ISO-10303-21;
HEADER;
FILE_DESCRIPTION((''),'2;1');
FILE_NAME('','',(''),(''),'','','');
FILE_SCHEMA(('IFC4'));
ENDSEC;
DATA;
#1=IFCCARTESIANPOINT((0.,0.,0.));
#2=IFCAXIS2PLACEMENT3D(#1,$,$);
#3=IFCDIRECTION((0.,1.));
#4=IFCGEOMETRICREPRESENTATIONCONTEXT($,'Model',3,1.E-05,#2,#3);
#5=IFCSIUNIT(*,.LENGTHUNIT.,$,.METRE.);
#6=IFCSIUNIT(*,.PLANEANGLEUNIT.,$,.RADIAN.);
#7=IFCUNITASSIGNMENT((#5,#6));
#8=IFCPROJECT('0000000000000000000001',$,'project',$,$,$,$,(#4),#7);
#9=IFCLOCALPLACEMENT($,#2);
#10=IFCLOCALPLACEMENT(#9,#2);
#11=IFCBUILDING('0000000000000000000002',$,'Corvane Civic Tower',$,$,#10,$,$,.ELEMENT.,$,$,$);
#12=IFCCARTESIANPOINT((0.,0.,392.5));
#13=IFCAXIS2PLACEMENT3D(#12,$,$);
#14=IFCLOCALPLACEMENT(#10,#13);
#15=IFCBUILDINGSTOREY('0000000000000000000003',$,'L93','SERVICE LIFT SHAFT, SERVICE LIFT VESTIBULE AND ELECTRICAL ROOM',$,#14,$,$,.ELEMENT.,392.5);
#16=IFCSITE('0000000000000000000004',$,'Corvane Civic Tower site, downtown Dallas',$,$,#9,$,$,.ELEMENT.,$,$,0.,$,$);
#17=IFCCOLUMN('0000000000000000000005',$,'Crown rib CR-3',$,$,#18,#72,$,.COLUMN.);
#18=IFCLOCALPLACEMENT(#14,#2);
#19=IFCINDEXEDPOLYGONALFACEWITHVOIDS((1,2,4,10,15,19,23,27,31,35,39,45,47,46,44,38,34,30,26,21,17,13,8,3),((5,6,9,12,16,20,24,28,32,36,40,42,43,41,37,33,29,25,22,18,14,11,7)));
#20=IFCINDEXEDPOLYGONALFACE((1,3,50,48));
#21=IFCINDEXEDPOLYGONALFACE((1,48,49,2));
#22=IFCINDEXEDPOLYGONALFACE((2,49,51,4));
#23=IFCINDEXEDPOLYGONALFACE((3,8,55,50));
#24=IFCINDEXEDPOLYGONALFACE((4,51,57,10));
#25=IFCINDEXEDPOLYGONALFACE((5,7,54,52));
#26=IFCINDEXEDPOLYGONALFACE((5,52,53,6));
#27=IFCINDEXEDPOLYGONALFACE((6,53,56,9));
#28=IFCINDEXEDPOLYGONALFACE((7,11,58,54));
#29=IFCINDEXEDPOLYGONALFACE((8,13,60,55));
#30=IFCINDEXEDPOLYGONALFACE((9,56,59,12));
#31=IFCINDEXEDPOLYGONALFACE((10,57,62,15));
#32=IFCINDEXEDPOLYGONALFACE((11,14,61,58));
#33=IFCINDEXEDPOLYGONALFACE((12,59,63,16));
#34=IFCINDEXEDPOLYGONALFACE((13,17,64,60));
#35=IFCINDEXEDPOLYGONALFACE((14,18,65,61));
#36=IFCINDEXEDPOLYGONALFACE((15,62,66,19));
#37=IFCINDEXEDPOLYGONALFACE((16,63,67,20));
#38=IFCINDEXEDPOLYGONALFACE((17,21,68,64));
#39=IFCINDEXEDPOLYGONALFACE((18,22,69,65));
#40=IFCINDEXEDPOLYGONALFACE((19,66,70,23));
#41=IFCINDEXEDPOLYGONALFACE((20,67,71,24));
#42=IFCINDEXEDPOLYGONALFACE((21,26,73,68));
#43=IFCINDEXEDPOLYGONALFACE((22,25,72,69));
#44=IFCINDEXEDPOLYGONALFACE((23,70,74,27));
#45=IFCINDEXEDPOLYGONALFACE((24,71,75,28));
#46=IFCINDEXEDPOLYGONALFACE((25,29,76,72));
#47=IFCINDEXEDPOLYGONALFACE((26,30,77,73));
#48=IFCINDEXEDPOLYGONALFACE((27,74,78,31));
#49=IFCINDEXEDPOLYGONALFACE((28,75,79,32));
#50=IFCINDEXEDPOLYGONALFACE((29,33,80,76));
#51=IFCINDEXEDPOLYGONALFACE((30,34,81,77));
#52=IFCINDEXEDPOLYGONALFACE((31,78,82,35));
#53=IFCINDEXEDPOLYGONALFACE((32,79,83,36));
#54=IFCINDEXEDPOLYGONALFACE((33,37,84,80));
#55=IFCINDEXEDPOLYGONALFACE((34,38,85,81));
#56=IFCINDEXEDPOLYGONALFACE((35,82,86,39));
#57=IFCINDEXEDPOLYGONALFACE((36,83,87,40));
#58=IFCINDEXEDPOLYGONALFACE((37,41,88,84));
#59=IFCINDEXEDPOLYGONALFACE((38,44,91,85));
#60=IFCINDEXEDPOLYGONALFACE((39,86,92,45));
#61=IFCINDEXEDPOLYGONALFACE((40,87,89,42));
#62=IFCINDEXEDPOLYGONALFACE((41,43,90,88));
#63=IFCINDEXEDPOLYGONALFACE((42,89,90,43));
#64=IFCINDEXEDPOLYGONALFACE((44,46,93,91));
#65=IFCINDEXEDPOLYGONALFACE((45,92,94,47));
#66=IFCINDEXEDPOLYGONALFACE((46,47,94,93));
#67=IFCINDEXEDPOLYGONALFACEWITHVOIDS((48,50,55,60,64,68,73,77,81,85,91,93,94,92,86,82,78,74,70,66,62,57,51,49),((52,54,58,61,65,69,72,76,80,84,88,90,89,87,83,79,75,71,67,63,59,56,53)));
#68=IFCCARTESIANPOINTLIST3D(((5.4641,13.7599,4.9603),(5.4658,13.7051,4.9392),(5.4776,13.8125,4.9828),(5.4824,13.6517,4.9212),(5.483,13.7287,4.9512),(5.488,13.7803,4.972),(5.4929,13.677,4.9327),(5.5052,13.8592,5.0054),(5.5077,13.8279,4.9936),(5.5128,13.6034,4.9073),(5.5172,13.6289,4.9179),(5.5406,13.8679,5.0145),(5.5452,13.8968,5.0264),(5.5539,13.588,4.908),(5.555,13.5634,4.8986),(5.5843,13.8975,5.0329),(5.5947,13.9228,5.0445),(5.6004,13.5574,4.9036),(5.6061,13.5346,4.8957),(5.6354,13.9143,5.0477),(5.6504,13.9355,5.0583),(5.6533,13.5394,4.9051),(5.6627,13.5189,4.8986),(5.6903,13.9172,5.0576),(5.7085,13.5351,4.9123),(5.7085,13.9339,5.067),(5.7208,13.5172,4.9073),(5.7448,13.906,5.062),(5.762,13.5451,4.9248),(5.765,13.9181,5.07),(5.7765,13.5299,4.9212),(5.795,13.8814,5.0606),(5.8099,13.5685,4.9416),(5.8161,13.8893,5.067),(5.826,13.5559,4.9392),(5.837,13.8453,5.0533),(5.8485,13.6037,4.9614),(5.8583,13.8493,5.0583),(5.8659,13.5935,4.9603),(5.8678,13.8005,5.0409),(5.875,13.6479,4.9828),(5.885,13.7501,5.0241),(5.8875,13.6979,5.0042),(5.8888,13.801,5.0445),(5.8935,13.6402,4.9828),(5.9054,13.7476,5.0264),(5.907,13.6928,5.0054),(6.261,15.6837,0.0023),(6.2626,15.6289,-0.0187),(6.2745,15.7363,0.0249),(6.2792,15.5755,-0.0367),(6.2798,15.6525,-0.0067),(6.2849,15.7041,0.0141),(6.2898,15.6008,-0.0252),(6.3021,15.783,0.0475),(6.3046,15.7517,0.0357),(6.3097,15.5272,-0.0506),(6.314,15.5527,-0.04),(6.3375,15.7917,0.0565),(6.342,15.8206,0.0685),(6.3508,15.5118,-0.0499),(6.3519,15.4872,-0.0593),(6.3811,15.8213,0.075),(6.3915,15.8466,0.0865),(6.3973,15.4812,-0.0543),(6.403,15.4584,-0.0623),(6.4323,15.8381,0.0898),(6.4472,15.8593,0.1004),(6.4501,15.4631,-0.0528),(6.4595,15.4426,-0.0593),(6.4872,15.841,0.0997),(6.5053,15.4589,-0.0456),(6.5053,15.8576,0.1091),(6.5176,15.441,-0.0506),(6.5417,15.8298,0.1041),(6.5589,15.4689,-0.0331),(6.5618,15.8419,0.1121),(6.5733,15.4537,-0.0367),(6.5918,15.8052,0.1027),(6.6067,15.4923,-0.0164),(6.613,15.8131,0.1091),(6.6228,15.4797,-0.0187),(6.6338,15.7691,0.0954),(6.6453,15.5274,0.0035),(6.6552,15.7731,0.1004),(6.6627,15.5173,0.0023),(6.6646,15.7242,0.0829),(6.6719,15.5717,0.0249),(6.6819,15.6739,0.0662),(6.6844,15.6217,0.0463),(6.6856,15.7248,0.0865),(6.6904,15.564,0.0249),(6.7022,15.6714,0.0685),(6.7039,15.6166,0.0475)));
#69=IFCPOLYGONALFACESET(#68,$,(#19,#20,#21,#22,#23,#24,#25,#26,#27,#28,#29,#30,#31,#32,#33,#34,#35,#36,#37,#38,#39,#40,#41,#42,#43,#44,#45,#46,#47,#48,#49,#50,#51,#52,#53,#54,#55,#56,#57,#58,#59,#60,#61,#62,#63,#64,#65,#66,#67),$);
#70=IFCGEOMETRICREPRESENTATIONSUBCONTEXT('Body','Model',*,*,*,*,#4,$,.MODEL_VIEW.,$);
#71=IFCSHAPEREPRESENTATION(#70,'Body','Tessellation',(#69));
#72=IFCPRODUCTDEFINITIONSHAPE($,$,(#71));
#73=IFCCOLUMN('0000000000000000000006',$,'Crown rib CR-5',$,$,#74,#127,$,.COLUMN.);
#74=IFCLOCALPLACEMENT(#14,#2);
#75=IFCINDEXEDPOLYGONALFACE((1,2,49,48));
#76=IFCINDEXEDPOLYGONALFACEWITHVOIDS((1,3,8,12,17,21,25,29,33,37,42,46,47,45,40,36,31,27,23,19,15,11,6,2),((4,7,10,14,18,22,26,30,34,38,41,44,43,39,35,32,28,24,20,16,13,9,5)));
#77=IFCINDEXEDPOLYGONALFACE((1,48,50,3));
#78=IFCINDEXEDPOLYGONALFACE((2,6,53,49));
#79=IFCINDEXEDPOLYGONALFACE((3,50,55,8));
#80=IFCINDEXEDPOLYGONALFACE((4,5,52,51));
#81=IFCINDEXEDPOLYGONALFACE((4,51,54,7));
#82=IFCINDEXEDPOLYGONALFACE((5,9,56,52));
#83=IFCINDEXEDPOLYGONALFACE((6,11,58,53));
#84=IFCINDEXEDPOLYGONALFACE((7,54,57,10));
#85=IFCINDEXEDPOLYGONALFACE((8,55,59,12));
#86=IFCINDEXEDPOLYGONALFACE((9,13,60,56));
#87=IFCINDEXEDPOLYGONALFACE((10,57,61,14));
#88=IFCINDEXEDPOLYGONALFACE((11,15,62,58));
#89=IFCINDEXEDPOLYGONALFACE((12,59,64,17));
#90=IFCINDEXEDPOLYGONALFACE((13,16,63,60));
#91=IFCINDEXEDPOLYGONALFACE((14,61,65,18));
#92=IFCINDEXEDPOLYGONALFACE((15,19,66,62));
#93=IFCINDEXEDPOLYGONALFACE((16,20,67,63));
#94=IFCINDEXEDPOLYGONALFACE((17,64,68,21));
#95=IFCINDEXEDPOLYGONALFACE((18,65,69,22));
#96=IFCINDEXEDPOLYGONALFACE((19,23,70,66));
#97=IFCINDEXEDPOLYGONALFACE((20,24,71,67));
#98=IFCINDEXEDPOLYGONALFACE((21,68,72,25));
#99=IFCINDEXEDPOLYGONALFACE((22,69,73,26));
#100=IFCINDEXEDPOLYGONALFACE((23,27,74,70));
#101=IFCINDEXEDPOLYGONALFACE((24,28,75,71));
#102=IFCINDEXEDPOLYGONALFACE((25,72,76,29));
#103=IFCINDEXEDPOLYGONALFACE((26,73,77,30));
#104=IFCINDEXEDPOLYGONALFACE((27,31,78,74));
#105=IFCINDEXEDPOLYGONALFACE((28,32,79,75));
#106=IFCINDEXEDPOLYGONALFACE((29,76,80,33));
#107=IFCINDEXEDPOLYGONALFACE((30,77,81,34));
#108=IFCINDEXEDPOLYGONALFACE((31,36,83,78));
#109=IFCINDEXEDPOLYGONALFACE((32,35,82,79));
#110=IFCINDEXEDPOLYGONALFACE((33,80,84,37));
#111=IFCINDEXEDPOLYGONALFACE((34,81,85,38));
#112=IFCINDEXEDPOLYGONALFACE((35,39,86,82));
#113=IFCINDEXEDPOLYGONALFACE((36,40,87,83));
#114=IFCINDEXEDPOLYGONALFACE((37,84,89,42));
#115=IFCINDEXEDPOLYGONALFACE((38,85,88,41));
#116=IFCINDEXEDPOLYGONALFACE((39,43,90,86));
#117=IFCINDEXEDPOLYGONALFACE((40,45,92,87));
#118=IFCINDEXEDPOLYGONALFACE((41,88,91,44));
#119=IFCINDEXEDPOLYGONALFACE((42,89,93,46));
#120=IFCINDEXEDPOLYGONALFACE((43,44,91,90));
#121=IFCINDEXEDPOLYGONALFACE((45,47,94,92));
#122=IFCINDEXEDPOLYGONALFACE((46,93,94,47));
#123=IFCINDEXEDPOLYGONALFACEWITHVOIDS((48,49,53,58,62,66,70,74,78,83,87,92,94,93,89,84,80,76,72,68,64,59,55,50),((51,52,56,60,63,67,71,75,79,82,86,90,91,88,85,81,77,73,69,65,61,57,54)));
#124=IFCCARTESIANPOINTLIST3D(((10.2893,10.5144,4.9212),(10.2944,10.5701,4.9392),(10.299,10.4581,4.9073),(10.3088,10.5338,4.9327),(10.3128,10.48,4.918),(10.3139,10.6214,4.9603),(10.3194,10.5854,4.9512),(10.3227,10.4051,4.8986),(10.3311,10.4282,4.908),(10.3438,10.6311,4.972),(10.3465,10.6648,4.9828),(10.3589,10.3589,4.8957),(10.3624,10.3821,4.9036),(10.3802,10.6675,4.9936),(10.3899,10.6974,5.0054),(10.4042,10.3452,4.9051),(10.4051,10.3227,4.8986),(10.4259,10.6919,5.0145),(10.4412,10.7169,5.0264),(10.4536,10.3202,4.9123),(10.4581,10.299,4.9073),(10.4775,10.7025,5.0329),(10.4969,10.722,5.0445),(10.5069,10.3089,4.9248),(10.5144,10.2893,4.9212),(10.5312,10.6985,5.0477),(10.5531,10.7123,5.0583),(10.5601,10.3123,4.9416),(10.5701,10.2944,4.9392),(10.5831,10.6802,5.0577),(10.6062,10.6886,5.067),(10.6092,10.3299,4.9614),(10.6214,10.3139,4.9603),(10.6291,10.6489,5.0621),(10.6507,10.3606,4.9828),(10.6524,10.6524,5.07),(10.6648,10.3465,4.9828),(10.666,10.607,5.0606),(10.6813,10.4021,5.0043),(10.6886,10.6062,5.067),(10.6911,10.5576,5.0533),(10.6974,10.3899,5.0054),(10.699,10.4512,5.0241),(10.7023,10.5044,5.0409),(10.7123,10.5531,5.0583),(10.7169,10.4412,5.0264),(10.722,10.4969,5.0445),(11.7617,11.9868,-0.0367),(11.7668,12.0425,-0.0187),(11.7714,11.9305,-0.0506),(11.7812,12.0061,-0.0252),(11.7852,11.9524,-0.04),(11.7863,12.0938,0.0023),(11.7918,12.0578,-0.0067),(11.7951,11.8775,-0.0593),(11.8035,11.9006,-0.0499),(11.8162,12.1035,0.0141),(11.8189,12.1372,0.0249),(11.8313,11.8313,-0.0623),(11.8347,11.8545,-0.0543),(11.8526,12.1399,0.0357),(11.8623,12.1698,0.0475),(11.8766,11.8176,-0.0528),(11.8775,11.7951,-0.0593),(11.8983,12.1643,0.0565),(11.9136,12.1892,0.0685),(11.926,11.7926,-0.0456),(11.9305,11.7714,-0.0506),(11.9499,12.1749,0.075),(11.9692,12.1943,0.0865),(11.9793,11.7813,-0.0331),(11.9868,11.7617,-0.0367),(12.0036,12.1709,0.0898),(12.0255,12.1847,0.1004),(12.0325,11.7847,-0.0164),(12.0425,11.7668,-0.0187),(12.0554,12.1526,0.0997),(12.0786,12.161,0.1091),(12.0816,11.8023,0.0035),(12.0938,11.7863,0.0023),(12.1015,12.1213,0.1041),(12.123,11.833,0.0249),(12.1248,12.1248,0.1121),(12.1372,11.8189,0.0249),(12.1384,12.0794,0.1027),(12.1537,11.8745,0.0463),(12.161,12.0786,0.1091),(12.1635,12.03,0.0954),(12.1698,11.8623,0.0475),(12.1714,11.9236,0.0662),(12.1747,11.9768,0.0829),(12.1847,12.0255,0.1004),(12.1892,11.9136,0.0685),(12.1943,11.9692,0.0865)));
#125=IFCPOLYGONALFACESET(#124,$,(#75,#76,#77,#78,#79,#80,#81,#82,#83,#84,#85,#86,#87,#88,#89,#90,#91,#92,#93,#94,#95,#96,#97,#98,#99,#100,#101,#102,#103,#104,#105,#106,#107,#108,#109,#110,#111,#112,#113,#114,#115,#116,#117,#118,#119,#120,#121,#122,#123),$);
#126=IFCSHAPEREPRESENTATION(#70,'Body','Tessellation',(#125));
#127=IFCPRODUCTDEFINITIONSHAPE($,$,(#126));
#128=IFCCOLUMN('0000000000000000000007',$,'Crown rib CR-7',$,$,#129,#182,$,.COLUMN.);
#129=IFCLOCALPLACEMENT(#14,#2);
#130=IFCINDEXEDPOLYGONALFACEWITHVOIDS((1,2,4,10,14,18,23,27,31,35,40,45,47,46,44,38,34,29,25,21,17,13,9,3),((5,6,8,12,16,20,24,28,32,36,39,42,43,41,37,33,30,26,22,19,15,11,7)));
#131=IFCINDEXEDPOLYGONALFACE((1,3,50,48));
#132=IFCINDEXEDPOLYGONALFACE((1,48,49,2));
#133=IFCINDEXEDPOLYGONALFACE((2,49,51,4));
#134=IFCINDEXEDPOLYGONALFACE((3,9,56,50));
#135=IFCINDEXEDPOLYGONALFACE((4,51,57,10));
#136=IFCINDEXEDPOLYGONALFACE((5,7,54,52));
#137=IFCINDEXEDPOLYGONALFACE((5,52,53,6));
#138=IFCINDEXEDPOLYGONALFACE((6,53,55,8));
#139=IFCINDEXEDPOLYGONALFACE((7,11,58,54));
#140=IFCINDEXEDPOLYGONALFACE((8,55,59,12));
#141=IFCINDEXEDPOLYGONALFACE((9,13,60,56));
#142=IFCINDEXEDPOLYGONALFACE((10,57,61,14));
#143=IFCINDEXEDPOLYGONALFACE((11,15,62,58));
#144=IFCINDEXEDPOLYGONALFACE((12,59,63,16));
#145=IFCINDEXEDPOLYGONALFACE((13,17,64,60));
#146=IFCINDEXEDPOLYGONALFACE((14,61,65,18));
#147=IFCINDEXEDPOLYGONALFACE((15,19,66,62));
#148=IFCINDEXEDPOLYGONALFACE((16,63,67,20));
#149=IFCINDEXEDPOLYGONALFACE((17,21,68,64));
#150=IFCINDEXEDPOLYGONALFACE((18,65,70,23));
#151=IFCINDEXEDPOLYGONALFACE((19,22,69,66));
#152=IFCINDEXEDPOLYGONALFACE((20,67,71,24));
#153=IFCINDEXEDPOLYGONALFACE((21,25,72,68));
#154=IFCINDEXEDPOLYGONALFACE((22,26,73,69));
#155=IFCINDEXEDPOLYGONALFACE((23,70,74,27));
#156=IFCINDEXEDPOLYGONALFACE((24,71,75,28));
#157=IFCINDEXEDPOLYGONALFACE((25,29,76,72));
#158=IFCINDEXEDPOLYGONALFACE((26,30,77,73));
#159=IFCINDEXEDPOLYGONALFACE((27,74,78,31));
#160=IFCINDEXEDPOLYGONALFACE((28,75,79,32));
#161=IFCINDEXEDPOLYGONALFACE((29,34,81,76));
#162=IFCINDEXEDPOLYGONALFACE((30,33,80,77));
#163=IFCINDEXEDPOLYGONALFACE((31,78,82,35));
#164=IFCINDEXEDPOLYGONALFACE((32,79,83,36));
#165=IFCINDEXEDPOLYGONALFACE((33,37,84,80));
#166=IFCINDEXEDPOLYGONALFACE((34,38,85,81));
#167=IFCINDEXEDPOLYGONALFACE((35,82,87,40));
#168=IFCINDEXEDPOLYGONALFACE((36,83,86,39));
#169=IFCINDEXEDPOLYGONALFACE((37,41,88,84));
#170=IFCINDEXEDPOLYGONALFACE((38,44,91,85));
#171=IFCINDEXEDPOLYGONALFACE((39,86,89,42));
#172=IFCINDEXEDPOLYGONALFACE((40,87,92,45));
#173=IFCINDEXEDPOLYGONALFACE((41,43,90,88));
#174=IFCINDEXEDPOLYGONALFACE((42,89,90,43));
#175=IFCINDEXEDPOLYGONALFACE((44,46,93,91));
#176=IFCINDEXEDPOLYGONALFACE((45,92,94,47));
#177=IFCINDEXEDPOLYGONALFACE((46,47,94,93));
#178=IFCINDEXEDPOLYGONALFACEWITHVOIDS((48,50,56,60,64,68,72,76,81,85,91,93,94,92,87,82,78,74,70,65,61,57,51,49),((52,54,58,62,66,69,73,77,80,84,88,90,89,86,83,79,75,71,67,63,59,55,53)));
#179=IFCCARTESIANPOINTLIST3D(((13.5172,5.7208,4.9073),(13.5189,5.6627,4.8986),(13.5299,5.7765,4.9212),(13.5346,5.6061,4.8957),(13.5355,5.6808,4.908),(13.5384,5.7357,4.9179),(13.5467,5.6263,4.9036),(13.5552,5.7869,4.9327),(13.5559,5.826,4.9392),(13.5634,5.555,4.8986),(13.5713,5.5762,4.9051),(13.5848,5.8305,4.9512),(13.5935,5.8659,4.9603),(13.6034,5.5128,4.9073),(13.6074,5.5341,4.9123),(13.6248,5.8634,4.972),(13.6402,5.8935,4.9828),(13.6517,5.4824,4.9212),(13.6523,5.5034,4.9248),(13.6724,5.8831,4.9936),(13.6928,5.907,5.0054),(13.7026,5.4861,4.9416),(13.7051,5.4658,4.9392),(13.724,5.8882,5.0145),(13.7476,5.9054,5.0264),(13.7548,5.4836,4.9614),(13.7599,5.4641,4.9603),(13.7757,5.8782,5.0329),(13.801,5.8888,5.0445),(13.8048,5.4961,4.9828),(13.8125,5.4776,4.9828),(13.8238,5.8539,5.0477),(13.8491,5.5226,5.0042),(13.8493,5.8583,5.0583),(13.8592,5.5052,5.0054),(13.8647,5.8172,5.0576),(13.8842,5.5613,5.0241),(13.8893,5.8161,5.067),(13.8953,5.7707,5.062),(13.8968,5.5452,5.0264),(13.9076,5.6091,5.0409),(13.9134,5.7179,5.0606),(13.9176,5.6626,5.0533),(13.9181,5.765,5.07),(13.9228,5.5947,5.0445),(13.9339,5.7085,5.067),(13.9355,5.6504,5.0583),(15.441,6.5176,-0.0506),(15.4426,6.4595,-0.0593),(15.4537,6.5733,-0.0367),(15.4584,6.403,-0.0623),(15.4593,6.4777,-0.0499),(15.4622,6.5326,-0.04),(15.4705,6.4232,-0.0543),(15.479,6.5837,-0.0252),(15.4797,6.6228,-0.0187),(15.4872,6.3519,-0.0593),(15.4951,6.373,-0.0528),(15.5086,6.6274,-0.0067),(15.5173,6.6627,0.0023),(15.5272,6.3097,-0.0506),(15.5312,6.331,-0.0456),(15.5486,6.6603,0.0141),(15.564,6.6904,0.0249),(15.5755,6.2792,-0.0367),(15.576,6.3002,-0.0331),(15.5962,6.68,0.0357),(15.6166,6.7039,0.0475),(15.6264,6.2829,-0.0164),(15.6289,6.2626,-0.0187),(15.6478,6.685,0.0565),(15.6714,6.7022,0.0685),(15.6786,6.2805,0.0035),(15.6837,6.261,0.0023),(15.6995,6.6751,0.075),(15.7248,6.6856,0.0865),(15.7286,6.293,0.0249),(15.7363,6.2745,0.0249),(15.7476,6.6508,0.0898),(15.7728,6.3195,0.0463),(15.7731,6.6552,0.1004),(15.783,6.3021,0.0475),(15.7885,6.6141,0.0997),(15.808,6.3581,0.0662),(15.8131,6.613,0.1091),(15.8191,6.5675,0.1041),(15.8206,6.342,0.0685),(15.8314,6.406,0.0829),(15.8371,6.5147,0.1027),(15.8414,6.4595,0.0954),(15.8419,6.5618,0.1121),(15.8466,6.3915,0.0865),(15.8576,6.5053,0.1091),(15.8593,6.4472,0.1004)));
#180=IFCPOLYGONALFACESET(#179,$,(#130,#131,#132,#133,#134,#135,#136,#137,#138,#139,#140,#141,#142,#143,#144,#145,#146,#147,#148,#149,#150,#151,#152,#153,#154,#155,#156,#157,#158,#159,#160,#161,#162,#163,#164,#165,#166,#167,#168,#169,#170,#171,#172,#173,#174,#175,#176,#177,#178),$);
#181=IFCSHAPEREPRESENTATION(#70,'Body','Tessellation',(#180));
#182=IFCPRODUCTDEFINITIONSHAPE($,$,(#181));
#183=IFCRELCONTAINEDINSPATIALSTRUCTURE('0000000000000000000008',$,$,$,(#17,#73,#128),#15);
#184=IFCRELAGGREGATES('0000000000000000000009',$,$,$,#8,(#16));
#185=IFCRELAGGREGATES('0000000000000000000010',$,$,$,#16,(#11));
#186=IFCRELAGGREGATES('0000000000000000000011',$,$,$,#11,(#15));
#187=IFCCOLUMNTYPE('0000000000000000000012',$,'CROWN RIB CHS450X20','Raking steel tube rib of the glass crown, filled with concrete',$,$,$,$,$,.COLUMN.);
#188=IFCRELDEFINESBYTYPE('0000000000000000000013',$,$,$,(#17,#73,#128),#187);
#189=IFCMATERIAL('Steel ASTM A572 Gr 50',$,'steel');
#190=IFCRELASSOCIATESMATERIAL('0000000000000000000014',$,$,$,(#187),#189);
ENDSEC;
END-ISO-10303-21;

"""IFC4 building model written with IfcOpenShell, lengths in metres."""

from ifc_helpers import new_model, si_unit, direction, frame, origin, origin_2d, place, context, subcontext, project, spatial, hollow_circle, extrude, material, material_profile, profile_set, type_object, element, save


model = new_model("IFC4")

# Units and contexts
model_context = context("Model", 3, precision=1e-05, world=origin(), true_north=direction((0.0, 1.0)))
body_context = subcontext(model_context, "Body", "Model", "MODEL_VIEW")
ifc_project = project(units=[si_unit("LENGTHUNIT", "METRE"), si_unit("PLANEANGLEUNIT", "RADIAN")], contexts=[model_context])

# Site, building, storey
site_placement = place(None, origin())
site = spatial("IfcSite", under=ifc_project, at=site_placement, Name="Corvane Civic Tower site, downtown Dallas", CompositionType="ELEMENT", RefElevation=0.0)
building_placement = place(site_placement, origin())
building = spatial("IfcBuilding", under=site, at=building_placement, Name="Corvane Civic Tower", CompositionType="ELEMENT")
storey_placement = place(building_placement, frame((0.0, 0.0, 392.5)))
storey = spatial("IfcBuildingStorey", under=building, at=storey_placement, Name="L93", Description="SERVICE LIFT SHAFT, SERVICE LIFT VESTIBULE AND ELECTRICAL ROOM", CompositionType="ELEMENT", Elevation=392.5)

# Columns
ifc_material_1 = material(Name="Steel ASTM A572 Gr 50", Category="steel")
ifc_material_profile_1 = material_profile(ifc_material_1, hollow_circle(Radius=0.2251, WallThickness=0.02, at=origin_2d()), Name="CHS450X20")
ifc_profile_set_1 = profile_set([ifc_material_profile_1], Name="Steel ASTM A572 Gr 50")
column_type = type_object("IfcColumnType", Name="CROWN RIB CHS450X20", Description="Raking steel tube rib of the glass crown, filled with concrete", PredefinedType="COLUMN", material=ifc_profile_set_1)
for number, where, z_axis, x_axis, name in (
    (1, (6.4824, 15.6501, 0.0249), (-0.148186, -0.357752, 0.921984), (0.92388, -0.382683, 0.0), "Crown rib CR-3"),
    (2, (11.978, 11.978, 0.0249), (-0.273808, -0.273808, 0.921986), (0.707107, -0.707107, 0.0), "Crown rib CR-5"),
    (3, (15.6501, 6.4824, 0.0249), (-0.357752, -0.148186, 0.921984), (0.382683, -0.92388, 0.0), "Crown rib CR-7"),
):
    element("IfcColumn", number, at=place(storey_placement, frame(where, z_axis=z_axis, x_axis=x_axis)), inside=storey, type_object=column_type, Name=name, PredefinedType="COLUMN", context=body_context, shape_type="SweptSolid", body=[
        extrude(hollow_circle(Radius=0.2251, WallThickness=0.02, at=origin_2d()), origin(), (0.0, 0.0, 1.0), 5.3774),
    ])

save(model, "model.ifc")
